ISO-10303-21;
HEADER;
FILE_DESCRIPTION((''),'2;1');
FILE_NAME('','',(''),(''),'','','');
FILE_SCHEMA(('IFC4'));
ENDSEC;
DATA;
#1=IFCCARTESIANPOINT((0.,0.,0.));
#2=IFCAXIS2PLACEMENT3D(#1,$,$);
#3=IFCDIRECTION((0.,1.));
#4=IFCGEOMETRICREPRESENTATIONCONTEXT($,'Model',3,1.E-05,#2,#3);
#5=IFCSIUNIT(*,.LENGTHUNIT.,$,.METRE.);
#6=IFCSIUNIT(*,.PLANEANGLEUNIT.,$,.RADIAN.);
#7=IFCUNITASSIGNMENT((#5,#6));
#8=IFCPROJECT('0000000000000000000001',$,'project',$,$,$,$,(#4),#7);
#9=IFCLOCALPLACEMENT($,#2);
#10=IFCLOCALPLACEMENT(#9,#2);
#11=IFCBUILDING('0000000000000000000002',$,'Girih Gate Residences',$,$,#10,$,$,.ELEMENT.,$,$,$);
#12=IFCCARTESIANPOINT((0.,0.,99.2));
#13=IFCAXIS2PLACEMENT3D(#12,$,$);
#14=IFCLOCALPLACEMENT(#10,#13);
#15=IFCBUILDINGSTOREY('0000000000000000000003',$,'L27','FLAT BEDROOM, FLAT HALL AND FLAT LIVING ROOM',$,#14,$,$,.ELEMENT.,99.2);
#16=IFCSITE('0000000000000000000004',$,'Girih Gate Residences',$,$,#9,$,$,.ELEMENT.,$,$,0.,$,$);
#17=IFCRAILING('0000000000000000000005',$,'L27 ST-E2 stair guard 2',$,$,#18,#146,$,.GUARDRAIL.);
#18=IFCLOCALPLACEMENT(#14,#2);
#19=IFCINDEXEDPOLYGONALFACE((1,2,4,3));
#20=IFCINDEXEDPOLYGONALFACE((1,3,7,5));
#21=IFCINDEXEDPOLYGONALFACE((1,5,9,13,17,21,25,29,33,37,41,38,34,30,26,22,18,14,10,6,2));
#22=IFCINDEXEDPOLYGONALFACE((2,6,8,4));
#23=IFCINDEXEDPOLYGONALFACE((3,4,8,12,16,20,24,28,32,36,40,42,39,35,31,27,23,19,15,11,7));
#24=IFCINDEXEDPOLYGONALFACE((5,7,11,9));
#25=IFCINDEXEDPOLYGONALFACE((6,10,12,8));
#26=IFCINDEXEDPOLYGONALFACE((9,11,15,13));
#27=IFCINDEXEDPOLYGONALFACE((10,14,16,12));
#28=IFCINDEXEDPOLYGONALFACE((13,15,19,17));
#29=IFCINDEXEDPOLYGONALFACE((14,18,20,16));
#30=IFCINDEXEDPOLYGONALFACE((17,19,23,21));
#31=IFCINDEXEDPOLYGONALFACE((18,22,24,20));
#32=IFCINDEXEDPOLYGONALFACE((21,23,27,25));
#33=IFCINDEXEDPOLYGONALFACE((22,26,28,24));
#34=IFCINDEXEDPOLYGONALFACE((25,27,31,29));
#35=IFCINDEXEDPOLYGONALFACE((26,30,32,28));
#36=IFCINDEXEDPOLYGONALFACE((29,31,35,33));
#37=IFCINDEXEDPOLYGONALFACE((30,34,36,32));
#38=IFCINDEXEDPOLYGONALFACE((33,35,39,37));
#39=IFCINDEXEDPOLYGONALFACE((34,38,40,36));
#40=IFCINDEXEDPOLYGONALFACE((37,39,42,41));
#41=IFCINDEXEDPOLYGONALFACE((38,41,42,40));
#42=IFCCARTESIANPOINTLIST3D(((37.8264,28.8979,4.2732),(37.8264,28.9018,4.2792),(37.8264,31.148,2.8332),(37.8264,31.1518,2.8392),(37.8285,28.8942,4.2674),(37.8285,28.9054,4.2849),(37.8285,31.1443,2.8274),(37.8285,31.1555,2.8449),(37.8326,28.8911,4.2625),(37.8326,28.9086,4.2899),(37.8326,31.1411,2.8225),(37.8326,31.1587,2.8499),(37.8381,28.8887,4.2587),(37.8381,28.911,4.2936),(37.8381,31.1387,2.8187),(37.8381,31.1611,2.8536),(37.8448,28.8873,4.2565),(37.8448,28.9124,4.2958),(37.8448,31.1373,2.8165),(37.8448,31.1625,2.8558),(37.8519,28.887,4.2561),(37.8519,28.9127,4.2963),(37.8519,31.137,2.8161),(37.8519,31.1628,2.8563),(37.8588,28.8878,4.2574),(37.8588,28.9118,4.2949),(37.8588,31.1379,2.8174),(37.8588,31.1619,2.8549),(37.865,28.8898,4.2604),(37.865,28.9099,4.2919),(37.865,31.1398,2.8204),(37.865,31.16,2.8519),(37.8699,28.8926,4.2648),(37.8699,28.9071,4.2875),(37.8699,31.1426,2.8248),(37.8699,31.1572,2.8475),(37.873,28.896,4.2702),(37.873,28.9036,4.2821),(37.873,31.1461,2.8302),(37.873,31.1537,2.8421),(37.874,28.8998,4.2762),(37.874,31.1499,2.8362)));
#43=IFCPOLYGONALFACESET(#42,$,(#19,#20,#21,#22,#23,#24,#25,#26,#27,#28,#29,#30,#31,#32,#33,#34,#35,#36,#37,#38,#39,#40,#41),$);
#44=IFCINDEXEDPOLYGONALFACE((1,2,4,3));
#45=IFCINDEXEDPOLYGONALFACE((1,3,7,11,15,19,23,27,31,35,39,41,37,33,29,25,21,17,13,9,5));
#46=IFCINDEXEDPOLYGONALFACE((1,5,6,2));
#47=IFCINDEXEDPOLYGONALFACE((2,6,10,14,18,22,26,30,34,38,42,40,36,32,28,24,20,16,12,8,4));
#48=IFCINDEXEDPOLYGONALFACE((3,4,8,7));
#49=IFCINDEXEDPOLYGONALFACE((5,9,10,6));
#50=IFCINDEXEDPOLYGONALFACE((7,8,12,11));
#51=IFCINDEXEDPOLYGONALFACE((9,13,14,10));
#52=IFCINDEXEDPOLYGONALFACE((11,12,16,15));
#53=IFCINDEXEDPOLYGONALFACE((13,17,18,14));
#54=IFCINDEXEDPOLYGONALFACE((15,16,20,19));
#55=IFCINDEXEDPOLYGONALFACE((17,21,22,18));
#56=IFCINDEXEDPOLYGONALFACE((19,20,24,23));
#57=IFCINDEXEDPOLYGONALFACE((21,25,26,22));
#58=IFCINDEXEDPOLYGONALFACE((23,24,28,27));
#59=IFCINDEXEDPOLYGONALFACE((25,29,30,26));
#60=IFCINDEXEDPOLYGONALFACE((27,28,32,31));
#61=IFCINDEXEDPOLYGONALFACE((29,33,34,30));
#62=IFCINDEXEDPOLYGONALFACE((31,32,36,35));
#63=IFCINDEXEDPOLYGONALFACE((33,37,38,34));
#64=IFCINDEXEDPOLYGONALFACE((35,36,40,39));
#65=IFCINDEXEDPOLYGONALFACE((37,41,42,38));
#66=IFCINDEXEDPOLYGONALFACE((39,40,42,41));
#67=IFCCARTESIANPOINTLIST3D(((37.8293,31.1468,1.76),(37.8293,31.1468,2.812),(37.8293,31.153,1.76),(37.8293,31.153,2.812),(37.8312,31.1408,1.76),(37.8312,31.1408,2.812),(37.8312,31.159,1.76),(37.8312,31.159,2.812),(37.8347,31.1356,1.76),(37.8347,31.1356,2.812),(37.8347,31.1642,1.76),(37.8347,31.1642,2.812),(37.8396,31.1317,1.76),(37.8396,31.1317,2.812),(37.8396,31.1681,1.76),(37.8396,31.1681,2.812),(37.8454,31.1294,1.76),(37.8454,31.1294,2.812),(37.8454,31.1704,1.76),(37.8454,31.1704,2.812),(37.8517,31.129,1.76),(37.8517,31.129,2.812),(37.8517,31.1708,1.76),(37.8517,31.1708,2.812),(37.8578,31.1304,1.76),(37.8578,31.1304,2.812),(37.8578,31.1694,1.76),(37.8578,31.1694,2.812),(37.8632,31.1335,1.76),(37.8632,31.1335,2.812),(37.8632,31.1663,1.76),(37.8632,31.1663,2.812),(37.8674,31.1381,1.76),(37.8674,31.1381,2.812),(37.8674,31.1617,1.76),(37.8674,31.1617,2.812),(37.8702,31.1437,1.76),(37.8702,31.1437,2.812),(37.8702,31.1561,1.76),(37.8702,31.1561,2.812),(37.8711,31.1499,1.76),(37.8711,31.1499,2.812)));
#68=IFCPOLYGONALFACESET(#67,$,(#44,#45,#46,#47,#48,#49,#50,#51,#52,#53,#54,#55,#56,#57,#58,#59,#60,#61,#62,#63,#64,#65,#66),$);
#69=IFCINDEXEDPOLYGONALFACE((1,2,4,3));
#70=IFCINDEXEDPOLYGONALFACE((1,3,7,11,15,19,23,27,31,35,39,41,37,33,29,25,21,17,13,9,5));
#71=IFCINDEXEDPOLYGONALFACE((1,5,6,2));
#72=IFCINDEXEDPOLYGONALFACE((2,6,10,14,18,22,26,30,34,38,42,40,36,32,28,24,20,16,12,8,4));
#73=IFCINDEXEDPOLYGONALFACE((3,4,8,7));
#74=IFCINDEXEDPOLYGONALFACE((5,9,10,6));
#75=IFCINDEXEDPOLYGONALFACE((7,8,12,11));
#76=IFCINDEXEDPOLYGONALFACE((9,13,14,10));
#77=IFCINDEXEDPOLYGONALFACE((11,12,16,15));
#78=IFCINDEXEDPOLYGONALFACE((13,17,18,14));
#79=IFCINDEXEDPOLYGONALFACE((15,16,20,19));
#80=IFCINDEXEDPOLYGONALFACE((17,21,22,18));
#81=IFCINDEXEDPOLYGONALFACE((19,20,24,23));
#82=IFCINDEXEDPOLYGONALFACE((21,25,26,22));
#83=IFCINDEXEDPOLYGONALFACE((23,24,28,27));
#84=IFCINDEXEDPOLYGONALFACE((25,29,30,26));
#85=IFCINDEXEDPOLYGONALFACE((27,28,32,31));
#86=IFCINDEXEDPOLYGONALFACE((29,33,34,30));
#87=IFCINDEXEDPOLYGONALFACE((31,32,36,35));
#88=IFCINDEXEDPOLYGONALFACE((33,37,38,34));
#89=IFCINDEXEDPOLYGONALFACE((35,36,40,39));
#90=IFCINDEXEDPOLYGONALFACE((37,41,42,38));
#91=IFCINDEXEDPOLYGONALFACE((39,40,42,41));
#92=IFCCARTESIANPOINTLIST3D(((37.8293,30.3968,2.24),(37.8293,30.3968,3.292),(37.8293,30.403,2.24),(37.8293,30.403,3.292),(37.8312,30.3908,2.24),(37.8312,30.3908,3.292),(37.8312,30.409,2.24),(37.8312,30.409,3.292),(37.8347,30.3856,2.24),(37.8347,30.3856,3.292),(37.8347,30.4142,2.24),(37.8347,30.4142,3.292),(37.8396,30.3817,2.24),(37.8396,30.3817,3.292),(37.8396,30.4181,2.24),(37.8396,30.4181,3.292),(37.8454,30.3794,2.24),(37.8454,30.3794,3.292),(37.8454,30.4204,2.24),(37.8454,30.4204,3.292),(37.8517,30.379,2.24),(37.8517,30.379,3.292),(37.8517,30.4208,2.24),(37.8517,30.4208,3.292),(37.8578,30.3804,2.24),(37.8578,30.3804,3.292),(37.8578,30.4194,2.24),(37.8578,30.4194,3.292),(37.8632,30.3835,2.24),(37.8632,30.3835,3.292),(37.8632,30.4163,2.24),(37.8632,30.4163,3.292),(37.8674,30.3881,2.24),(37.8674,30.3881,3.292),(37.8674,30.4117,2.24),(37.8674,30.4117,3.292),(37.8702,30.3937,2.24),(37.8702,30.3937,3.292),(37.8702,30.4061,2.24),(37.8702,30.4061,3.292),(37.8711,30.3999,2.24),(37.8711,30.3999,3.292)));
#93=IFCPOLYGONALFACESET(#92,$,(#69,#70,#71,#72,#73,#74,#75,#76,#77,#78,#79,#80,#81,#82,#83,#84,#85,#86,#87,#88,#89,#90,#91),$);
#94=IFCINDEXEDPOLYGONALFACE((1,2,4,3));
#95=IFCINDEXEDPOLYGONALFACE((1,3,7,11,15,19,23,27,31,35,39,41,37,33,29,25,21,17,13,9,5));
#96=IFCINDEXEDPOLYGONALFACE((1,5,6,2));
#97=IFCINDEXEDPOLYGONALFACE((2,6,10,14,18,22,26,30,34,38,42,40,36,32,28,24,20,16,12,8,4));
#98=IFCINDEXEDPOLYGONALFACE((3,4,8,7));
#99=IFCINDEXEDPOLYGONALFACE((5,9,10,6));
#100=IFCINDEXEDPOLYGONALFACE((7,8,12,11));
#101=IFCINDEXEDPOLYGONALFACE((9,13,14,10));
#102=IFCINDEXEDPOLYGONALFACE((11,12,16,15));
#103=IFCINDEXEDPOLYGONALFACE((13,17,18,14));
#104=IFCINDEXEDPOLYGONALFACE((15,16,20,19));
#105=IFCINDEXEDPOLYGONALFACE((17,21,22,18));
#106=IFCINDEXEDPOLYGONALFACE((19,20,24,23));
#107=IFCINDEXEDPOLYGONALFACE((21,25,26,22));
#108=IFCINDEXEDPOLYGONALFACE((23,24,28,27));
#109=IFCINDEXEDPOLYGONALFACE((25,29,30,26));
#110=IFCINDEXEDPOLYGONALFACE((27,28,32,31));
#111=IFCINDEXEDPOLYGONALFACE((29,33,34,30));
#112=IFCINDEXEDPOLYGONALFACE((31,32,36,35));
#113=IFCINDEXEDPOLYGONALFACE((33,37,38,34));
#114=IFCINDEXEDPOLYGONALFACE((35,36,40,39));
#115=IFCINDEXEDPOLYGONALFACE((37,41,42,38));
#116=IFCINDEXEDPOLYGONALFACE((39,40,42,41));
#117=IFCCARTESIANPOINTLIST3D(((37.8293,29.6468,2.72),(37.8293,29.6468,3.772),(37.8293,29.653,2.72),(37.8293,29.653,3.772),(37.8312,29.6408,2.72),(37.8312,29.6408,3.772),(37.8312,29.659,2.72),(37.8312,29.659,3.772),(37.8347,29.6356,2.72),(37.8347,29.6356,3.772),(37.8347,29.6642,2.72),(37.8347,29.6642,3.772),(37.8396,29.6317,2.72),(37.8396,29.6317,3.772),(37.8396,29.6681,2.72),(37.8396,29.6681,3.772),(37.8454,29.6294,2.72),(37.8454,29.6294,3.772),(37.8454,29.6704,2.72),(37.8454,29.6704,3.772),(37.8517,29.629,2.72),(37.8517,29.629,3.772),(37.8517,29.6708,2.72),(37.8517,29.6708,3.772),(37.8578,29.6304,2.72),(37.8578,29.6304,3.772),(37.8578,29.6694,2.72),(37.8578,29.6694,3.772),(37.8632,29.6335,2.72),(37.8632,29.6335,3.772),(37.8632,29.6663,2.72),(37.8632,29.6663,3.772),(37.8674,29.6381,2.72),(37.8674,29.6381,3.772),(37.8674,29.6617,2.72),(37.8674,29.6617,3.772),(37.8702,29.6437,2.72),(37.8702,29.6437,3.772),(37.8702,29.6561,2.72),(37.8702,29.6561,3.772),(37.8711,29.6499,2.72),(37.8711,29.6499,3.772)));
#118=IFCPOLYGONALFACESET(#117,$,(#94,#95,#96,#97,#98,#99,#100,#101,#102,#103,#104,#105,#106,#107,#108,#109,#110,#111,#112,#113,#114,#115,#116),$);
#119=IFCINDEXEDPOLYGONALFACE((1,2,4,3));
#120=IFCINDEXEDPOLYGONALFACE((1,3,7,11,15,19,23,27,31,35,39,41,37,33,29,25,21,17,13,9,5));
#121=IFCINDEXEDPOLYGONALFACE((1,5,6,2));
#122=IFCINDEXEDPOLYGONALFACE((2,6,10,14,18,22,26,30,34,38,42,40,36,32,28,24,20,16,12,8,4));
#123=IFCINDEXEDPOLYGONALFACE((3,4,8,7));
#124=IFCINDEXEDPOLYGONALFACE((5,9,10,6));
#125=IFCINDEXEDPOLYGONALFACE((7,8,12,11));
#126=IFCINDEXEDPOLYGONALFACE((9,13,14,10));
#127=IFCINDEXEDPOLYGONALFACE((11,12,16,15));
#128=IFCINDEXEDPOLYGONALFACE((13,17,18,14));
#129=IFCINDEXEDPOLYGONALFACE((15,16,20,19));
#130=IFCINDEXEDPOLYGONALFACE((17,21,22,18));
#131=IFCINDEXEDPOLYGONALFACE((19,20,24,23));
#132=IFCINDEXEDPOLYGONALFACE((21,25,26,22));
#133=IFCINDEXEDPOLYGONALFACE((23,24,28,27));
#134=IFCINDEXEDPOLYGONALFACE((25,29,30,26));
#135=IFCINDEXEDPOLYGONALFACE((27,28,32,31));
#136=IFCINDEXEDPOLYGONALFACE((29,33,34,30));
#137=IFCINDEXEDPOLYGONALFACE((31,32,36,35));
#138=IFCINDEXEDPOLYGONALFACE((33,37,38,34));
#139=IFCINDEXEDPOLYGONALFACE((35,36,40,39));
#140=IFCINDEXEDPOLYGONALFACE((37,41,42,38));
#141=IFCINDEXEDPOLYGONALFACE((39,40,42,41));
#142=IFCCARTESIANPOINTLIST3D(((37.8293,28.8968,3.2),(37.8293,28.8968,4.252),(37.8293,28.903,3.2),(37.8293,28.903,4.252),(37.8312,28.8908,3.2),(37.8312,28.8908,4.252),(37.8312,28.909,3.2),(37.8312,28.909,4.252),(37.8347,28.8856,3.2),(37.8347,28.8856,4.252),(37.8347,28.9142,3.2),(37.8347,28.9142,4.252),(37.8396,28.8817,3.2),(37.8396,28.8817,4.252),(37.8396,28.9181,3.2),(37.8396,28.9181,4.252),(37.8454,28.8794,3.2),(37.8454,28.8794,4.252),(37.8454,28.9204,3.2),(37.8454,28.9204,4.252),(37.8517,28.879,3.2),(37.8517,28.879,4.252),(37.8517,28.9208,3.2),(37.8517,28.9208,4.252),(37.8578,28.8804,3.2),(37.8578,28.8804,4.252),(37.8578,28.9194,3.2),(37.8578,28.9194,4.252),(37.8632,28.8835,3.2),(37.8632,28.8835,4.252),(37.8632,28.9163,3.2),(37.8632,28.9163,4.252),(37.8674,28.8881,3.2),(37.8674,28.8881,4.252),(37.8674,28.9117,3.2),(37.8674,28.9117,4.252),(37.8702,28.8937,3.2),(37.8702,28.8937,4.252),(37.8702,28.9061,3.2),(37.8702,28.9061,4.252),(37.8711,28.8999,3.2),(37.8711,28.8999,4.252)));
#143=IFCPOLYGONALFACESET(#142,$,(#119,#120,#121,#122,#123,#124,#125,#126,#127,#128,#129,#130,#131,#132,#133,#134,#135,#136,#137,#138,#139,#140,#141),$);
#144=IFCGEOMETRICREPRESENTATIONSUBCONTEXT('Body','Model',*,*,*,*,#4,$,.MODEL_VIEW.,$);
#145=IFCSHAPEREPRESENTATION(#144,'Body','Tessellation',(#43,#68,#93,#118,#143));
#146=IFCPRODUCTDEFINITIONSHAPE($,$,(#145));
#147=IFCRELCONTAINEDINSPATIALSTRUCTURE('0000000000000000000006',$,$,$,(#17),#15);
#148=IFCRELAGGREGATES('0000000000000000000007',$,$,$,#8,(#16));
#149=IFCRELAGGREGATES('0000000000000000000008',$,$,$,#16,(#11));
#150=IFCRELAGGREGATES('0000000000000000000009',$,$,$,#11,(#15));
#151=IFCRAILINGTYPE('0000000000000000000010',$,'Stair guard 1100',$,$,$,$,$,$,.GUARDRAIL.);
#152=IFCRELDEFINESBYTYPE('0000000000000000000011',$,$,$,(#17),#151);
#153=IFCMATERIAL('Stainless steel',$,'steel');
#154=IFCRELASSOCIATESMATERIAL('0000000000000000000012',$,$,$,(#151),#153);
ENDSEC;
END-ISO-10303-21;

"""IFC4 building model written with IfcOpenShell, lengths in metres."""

from ifc_helpers import new_model, si_unit, direction, frame, origin, origin_2d, place, context, subcontext, project, spatial, circle, extrude, material, type_object, element, save


model = new_model("IFC4")

# Units and contexts
model_context = context("Model", 3, precision=1e-05, world=origin(), true_north=direction((0.0, 1.0)))
body_context = subcontext(model_context, "Body", "Model", "MODEL_VIEW")
ifc_project = project(units=[si_unit("LENGTHUNIT", "METRE"), si_unit("PLANEANGLEUNIT", "RADIAN")], contexts=[model_context])

# Site, building, storey
site_placement = place(None, origin())
site = spatial("IfcSite", under=ifc_project, at=site_placement, Name="Girih Gate Residences", CompositionType="ELEMENT", RefElevation=0.0)
building_placement = place(site_placement, origin())
building = spatial("IfcBuilding", under=site, at=building_placement, Name="Girih Gate Residences", CompositionType="ELEMENT")
storey_placement = place(building_placement, frame((0.0, 0.0, 99.2)))
storey = spatial("IfcBuildingStorey", under=building, at=storey_placement, Name="L27", Description="FLAT BEDROOM, FLAT HALL AND FLAT LIVING ROOM", CompositionType="ELEMENT", Elevation=99.2)

# Shared definitions
ifc_material_1 = material(Name="Stainless steel", Category="steel")

# Railing
railing_type_1 = type_object("IfcRailingType", Name="Stair guard 1100", PredefinedType="GUARDRAIL", material=ifc_material_1)
railing_1_placement = place(storey_placement, frame((37.8501, 31.1499, 1.76)))
element("IfcRailing", 1, at=railing_1_placement, inside=storey, type_object=railing_type_1, Name="L27 ST-E2 stair guard 2", PredefinedType="GUARDRAIL", context=body_context, shape_type="SweptSolid", body=[
    extrude(circle(Radius=0.0239, at=origin_2d()), frame((0.0, 0.0, 1.0762), z_axis=(0.0, -0.842281, 0.539038), x_axis=(1.0, 0.0, 0.0)), (0.0, 0.0, 1.0), 2.6714),
    extrude(circle(Radius=0.021, at=origin_2d()), origin(), (0.0, 0.0, 1.0), 1.052),
    extrude(circle(Radius=0.021, at=origin_2d()), frame((0.0, -0.75, 0.48)), (0.0, 0.0, 1.0), 1.052),
    extrude(circle(Radius=0.021, at=origin_2d()), frame((0.0, -1.5, 0.96)), (0.0, 0.0, 1.0), 1.052),
    extrude(circle(Radius=0.021, at=origin_2d()), frame((0.0, -2.25, 1.4399)), (0.0, 0.0, 1.0), 1.052),
])

save(model, "model.ifc")
